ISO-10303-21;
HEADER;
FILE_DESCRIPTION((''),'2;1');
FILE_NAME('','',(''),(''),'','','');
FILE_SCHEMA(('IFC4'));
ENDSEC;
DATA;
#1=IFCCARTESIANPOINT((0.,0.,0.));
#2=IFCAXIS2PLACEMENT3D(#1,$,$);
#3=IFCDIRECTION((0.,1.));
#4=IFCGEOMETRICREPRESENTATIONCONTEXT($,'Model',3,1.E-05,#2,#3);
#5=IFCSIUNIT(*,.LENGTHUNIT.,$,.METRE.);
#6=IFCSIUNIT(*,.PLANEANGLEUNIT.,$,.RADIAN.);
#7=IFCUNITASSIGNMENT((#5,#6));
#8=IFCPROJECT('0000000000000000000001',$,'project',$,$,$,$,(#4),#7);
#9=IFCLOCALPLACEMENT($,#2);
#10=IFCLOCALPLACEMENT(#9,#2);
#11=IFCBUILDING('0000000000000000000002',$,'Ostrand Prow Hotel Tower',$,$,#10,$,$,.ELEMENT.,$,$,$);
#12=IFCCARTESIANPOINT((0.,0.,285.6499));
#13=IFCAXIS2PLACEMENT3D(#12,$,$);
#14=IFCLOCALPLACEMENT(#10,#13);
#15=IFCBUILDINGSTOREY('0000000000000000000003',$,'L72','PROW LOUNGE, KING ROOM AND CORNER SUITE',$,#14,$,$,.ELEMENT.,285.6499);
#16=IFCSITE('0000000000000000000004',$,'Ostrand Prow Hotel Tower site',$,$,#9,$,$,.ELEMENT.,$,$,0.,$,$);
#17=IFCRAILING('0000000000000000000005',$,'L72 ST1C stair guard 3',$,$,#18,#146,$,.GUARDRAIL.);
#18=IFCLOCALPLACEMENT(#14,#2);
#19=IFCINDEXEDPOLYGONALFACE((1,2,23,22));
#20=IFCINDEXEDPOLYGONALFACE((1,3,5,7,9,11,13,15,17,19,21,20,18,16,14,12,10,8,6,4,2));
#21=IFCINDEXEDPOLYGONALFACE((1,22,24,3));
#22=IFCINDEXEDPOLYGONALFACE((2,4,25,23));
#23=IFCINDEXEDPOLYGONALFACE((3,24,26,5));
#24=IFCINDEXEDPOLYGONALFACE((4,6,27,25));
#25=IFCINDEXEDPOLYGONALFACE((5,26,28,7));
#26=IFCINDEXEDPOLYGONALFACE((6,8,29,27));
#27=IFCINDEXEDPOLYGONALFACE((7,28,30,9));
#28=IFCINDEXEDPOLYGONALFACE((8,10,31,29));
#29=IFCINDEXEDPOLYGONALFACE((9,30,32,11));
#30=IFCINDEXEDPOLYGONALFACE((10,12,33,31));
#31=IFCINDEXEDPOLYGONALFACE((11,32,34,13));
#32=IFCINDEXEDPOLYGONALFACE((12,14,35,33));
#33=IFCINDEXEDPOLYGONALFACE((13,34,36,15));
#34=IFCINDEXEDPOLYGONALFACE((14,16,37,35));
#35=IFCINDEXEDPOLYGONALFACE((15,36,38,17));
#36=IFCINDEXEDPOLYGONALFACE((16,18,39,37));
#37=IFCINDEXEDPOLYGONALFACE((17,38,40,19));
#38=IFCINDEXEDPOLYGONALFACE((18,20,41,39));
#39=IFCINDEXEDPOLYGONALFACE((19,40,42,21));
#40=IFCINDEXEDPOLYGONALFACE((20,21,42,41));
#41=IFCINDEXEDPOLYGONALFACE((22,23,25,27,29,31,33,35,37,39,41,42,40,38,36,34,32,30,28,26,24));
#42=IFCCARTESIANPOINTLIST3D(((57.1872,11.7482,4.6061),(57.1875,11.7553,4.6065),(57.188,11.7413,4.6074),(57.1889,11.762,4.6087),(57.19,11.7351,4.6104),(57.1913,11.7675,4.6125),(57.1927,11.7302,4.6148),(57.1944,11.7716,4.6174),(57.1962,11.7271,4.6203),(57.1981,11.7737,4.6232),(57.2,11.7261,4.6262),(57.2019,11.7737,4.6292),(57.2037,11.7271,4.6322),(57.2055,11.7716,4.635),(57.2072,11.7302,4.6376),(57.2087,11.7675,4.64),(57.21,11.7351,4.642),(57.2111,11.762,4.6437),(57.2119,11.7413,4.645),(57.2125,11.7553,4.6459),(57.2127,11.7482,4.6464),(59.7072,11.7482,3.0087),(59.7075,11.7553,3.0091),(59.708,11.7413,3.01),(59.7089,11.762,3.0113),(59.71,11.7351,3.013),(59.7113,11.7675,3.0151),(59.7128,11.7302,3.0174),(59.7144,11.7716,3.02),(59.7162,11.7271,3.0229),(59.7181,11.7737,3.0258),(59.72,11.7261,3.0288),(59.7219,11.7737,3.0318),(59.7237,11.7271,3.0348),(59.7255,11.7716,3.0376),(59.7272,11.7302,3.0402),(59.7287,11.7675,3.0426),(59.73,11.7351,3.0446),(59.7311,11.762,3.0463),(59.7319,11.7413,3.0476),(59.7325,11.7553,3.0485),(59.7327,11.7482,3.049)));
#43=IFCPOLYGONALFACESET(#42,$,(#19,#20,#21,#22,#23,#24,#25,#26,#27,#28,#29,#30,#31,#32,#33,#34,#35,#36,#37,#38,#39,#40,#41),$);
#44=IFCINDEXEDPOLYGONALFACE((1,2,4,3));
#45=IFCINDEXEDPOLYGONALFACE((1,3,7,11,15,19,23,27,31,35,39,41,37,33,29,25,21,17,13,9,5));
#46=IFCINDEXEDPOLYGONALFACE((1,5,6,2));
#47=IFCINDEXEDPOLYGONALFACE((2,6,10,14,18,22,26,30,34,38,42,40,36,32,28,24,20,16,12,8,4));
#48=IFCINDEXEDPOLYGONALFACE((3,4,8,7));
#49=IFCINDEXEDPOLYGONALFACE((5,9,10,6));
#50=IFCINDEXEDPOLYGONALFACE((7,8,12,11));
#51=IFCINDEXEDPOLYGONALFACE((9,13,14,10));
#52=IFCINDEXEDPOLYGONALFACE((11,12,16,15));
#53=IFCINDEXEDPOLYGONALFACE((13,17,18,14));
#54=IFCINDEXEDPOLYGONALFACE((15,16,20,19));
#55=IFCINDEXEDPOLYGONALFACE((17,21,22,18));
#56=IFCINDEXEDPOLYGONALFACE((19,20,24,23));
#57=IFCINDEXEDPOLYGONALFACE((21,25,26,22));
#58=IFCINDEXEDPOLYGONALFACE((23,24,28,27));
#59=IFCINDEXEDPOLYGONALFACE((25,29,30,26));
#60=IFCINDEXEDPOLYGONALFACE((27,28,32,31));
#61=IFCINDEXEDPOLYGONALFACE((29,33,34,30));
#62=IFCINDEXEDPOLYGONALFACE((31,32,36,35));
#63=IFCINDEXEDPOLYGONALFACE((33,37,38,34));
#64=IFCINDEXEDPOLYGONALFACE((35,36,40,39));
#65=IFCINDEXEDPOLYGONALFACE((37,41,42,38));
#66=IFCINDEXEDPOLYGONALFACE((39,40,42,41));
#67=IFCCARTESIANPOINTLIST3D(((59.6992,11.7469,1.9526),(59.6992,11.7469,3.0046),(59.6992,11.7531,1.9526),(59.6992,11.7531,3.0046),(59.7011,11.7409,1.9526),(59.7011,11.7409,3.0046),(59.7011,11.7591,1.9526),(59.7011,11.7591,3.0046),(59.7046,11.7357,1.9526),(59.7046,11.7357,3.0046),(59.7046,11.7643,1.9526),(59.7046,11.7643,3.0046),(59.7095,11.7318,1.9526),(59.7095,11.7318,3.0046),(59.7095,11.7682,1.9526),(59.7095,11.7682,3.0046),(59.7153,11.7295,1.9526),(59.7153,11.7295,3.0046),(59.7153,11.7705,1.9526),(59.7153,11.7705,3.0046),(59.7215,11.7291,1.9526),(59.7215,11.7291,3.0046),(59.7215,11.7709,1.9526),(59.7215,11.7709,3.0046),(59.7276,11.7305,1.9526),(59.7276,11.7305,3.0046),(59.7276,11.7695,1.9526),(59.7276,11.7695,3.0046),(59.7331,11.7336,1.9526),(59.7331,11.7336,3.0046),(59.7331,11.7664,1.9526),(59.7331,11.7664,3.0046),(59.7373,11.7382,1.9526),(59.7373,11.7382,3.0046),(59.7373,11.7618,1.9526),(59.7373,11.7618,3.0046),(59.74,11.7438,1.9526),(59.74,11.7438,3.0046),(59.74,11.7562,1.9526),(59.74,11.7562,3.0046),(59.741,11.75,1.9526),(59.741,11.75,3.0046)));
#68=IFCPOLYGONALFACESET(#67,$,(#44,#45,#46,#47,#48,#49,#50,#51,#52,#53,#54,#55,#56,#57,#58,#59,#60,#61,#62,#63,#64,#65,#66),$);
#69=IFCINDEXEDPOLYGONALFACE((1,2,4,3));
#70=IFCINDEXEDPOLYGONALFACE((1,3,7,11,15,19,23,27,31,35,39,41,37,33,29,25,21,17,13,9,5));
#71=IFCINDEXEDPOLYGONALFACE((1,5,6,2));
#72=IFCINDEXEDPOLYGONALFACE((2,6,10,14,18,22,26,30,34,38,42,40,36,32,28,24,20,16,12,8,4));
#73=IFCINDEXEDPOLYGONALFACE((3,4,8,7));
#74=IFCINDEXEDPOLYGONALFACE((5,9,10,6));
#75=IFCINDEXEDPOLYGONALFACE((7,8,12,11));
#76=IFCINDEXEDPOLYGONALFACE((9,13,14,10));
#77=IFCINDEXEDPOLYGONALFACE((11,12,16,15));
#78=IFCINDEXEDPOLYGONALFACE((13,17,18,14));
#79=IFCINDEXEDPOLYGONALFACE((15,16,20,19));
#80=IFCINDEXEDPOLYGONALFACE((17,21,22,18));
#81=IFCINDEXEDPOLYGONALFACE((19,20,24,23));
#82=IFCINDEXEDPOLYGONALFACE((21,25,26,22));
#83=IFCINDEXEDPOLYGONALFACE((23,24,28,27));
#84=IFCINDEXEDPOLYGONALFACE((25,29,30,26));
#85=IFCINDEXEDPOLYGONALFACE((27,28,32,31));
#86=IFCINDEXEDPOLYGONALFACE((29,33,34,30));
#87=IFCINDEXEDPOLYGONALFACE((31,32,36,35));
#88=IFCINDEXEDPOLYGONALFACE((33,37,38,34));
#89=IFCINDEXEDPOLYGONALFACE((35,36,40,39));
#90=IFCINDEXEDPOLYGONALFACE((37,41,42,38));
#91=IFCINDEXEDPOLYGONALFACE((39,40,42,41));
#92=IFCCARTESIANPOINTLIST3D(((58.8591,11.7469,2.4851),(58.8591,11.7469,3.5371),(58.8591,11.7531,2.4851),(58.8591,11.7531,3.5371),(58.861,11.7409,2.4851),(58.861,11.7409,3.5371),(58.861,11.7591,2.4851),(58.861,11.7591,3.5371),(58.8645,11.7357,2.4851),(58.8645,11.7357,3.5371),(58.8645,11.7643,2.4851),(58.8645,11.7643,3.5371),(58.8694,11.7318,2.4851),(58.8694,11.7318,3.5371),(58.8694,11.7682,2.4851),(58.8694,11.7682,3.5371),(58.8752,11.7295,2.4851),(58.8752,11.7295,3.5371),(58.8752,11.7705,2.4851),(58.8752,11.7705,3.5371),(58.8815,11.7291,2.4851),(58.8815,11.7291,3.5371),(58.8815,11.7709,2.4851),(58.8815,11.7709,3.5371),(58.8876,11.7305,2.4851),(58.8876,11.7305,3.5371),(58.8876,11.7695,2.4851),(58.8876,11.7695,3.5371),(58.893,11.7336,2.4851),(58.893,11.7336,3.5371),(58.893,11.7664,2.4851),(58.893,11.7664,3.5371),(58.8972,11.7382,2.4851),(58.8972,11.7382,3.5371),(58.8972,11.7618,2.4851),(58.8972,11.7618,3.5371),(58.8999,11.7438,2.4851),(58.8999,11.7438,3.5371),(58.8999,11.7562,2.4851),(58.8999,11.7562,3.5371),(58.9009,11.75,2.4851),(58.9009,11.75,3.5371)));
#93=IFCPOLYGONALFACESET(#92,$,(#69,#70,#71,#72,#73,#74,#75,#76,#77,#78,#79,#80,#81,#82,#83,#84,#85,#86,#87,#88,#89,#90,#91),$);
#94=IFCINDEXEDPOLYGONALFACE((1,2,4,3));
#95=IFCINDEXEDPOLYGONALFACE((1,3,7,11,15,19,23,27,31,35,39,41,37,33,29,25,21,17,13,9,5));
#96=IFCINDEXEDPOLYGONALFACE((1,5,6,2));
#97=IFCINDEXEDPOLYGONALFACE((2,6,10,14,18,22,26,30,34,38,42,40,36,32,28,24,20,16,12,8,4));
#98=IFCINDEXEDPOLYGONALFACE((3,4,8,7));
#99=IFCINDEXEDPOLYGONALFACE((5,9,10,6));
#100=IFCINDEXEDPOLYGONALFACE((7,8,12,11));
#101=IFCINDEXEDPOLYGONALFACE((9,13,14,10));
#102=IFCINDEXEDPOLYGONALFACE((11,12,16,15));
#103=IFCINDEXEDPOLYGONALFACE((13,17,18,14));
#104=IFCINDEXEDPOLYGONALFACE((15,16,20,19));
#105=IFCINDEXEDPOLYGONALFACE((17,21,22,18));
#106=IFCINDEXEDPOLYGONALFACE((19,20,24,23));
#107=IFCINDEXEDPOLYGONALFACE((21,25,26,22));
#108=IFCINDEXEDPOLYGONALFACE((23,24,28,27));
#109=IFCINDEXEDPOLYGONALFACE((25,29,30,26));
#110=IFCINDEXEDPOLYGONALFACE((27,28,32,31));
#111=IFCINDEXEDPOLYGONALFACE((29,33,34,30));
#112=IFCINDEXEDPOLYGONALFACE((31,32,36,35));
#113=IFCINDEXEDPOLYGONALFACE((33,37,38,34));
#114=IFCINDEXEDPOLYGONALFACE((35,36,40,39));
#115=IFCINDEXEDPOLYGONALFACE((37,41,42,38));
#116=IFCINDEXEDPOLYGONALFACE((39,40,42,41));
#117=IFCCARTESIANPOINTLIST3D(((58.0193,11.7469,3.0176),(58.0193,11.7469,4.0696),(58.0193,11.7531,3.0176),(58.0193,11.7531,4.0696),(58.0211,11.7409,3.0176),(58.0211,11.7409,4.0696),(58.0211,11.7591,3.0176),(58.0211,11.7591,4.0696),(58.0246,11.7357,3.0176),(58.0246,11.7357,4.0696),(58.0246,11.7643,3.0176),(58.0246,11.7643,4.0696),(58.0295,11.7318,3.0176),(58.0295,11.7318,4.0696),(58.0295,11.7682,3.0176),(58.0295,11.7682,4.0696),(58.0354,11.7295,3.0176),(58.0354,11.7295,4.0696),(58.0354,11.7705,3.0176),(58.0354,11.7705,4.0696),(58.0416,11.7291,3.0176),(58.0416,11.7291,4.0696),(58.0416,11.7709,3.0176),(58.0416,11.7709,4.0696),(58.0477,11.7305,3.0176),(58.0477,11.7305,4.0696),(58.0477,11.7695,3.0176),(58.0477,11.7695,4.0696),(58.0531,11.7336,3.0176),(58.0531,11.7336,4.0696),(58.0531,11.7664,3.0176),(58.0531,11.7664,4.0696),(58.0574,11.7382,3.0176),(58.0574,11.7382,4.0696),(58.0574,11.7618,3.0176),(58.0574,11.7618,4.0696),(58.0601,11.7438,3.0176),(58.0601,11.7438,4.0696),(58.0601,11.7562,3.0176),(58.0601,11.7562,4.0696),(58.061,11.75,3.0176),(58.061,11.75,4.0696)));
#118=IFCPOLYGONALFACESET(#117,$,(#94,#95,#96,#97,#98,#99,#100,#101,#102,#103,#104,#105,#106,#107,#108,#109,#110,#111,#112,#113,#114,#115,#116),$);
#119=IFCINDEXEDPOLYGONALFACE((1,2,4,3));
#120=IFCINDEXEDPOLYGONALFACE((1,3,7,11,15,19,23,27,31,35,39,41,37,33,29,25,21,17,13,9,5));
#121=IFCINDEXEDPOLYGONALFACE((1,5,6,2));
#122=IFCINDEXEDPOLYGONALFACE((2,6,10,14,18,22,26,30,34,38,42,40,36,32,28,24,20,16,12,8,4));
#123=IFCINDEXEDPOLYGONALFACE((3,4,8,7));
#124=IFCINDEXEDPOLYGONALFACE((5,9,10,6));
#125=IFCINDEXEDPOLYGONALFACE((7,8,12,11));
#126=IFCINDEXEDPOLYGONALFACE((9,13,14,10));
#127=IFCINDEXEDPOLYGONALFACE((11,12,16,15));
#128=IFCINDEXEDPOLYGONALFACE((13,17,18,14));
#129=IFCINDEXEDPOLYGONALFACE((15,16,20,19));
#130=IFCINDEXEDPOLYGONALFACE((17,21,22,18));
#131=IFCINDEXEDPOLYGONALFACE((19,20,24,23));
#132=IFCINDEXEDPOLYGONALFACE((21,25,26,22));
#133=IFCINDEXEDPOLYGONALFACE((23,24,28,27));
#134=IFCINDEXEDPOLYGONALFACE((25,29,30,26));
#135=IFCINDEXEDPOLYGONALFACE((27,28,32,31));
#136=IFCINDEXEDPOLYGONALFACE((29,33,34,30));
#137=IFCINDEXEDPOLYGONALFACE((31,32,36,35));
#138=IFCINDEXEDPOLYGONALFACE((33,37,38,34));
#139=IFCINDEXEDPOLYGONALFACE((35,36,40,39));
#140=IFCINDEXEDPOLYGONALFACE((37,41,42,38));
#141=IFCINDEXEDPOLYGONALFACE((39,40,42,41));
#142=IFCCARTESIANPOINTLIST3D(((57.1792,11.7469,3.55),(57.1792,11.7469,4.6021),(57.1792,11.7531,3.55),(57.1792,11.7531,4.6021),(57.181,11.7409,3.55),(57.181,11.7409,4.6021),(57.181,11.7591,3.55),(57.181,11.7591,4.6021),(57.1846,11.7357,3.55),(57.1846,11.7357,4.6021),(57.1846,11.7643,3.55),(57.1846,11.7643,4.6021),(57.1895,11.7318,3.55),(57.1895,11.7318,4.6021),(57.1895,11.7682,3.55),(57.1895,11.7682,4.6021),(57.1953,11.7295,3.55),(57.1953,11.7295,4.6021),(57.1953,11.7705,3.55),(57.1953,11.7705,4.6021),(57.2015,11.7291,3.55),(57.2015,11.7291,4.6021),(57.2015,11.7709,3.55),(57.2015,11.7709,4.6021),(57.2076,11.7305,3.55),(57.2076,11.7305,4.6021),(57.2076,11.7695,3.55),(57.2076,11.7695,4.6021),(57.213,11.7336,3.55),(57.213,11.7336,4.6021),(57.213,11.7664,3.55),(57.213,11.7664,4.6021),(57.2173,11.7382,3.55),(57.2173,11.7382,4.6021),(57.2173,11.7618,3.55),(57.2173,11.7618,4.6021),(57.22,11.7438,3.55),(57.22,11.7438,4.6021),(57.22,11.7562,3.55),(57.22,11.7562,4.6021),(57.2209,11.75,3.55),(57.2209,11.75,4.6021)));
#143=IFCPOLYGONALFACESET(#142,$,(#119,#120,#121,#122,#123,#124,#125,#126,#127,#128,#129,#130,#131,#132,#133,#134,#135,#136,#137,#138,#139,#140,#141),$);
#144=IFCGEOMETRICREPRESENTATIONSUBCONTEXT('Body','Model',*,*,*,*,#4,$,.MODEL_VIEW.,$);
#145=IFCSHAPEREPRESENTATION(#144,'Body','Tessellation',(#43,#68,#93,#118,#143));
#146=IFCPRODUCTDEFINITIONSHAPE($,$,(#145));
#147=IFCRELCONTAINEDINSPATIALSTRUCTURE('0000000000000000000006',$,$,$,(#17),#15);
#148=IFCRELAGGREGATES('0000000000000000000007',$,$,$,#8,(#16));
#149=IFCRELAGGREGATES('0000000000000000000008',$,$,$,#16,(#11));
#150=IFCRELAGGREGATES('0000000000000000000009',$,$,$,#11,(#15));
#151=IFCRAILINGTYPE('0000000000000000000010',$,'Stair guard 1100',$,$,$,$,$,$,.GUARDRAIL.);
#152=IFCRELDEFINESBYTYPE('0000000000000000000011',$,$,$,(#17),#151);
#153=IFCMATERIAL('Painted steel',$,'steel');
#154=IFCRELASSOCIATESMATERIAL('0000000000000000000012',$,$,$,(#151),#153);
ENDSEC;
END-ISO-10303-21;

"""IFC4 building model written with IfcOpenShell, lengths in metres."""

from ifc_helpers import new_model, si_unit, direction, frame, origin, origin_2d, place, context, subcontext, project, spatial, circle, extrude, material, type_object, element, save


model = new_model("IFC4")

# Units and contexts
model_context = context("Model", 3, precision=1e-05, world=origin(), true_north=direction((0.0, 1.0)))
body_context = subcontext(model_context, "Body", "Model", "MODEL_VIEW")
ifc_project = project(units=[si_unit("LENGTHUNIT", "METRE"), si_unit("PLANEANGLEUNIT", "RADIAN")], contexts=[model_context])

# Site, building, storey
site_placement = place(None, origin())
site = spatial("IfcSite", under=ifc_project, at=site_placement, Name="Ostrand Prow Hotel Tower site", CompositionType="ELEMENT", RefElevation=0.0)
building_placement = place(site_placement, origin())
building = spatial("IfcBuilding", under=site, at=building_placement, Name="Ostrand Prow Hotel Tower", CompositionType="ELEMENT")
storey_placement = place(building_placement, frame((0.0, 0.0, 285.6499)))
storey = spatial("IfcBuildingStorey", under=building, at=storey_placement, Name="L72", Description="PROW LOUNGE, KING ROOM AND CORNER SUITE", CompositionType="ELEMENT", Elevation=285.6499)

# Railing
ifc_material_1 = material(Name="Painted steel", Category="steel")
railing_type_1 = type_object("IfcRailingType", Name="Stair guard 1100", PredefinedType="GUARDRAIL", material=ifc_material_1)
railing_1_placement = place(storey_placement, frame((59.72, 11.75, 1.9526)))
element("IfcRailing", 1, at=railing_1_placement, inside=storey, type_object=railing_type_1, Name="L72 ST1C stair guard 3", PredefinedType="GUARDRAIL", context=body_context, shape_type="SweptSolid", body=[
    extrude(circle(Radius=0.0239, at=origin_2d()), frame((0.0, 0.0, 1.0762), z_axis=(-0.844607, 0.0, 0.535387), x_axis=(0.0, -1.0, 0.0)), (0.0, 0.0, 1.0), 2.9836),
    extrude(circle(Radius=0.021, at=origin_2d()), origin(), (0.0, 0.0, 1.0), 1.052),
    extrude(circle(Radius=0.021, at=origin_2d()), frame((-0.8401, 0.0, 0.5325)), (0.0, 0.0, 1.0), 1.052),
    extrude(circle(Radius=0.021, at=origin_2d()), frame((-1.6799, 0.0, 1.0649)), (0.0, 0.0, 1.0), 1.052),
    extrude(circle(Radius=0.021, at=origin_2d()), frame((-2.52, 0.0, 1.5974)), (0.0, 0.0, 1.0), 1.052),
])

save(model, "model.ifc")
